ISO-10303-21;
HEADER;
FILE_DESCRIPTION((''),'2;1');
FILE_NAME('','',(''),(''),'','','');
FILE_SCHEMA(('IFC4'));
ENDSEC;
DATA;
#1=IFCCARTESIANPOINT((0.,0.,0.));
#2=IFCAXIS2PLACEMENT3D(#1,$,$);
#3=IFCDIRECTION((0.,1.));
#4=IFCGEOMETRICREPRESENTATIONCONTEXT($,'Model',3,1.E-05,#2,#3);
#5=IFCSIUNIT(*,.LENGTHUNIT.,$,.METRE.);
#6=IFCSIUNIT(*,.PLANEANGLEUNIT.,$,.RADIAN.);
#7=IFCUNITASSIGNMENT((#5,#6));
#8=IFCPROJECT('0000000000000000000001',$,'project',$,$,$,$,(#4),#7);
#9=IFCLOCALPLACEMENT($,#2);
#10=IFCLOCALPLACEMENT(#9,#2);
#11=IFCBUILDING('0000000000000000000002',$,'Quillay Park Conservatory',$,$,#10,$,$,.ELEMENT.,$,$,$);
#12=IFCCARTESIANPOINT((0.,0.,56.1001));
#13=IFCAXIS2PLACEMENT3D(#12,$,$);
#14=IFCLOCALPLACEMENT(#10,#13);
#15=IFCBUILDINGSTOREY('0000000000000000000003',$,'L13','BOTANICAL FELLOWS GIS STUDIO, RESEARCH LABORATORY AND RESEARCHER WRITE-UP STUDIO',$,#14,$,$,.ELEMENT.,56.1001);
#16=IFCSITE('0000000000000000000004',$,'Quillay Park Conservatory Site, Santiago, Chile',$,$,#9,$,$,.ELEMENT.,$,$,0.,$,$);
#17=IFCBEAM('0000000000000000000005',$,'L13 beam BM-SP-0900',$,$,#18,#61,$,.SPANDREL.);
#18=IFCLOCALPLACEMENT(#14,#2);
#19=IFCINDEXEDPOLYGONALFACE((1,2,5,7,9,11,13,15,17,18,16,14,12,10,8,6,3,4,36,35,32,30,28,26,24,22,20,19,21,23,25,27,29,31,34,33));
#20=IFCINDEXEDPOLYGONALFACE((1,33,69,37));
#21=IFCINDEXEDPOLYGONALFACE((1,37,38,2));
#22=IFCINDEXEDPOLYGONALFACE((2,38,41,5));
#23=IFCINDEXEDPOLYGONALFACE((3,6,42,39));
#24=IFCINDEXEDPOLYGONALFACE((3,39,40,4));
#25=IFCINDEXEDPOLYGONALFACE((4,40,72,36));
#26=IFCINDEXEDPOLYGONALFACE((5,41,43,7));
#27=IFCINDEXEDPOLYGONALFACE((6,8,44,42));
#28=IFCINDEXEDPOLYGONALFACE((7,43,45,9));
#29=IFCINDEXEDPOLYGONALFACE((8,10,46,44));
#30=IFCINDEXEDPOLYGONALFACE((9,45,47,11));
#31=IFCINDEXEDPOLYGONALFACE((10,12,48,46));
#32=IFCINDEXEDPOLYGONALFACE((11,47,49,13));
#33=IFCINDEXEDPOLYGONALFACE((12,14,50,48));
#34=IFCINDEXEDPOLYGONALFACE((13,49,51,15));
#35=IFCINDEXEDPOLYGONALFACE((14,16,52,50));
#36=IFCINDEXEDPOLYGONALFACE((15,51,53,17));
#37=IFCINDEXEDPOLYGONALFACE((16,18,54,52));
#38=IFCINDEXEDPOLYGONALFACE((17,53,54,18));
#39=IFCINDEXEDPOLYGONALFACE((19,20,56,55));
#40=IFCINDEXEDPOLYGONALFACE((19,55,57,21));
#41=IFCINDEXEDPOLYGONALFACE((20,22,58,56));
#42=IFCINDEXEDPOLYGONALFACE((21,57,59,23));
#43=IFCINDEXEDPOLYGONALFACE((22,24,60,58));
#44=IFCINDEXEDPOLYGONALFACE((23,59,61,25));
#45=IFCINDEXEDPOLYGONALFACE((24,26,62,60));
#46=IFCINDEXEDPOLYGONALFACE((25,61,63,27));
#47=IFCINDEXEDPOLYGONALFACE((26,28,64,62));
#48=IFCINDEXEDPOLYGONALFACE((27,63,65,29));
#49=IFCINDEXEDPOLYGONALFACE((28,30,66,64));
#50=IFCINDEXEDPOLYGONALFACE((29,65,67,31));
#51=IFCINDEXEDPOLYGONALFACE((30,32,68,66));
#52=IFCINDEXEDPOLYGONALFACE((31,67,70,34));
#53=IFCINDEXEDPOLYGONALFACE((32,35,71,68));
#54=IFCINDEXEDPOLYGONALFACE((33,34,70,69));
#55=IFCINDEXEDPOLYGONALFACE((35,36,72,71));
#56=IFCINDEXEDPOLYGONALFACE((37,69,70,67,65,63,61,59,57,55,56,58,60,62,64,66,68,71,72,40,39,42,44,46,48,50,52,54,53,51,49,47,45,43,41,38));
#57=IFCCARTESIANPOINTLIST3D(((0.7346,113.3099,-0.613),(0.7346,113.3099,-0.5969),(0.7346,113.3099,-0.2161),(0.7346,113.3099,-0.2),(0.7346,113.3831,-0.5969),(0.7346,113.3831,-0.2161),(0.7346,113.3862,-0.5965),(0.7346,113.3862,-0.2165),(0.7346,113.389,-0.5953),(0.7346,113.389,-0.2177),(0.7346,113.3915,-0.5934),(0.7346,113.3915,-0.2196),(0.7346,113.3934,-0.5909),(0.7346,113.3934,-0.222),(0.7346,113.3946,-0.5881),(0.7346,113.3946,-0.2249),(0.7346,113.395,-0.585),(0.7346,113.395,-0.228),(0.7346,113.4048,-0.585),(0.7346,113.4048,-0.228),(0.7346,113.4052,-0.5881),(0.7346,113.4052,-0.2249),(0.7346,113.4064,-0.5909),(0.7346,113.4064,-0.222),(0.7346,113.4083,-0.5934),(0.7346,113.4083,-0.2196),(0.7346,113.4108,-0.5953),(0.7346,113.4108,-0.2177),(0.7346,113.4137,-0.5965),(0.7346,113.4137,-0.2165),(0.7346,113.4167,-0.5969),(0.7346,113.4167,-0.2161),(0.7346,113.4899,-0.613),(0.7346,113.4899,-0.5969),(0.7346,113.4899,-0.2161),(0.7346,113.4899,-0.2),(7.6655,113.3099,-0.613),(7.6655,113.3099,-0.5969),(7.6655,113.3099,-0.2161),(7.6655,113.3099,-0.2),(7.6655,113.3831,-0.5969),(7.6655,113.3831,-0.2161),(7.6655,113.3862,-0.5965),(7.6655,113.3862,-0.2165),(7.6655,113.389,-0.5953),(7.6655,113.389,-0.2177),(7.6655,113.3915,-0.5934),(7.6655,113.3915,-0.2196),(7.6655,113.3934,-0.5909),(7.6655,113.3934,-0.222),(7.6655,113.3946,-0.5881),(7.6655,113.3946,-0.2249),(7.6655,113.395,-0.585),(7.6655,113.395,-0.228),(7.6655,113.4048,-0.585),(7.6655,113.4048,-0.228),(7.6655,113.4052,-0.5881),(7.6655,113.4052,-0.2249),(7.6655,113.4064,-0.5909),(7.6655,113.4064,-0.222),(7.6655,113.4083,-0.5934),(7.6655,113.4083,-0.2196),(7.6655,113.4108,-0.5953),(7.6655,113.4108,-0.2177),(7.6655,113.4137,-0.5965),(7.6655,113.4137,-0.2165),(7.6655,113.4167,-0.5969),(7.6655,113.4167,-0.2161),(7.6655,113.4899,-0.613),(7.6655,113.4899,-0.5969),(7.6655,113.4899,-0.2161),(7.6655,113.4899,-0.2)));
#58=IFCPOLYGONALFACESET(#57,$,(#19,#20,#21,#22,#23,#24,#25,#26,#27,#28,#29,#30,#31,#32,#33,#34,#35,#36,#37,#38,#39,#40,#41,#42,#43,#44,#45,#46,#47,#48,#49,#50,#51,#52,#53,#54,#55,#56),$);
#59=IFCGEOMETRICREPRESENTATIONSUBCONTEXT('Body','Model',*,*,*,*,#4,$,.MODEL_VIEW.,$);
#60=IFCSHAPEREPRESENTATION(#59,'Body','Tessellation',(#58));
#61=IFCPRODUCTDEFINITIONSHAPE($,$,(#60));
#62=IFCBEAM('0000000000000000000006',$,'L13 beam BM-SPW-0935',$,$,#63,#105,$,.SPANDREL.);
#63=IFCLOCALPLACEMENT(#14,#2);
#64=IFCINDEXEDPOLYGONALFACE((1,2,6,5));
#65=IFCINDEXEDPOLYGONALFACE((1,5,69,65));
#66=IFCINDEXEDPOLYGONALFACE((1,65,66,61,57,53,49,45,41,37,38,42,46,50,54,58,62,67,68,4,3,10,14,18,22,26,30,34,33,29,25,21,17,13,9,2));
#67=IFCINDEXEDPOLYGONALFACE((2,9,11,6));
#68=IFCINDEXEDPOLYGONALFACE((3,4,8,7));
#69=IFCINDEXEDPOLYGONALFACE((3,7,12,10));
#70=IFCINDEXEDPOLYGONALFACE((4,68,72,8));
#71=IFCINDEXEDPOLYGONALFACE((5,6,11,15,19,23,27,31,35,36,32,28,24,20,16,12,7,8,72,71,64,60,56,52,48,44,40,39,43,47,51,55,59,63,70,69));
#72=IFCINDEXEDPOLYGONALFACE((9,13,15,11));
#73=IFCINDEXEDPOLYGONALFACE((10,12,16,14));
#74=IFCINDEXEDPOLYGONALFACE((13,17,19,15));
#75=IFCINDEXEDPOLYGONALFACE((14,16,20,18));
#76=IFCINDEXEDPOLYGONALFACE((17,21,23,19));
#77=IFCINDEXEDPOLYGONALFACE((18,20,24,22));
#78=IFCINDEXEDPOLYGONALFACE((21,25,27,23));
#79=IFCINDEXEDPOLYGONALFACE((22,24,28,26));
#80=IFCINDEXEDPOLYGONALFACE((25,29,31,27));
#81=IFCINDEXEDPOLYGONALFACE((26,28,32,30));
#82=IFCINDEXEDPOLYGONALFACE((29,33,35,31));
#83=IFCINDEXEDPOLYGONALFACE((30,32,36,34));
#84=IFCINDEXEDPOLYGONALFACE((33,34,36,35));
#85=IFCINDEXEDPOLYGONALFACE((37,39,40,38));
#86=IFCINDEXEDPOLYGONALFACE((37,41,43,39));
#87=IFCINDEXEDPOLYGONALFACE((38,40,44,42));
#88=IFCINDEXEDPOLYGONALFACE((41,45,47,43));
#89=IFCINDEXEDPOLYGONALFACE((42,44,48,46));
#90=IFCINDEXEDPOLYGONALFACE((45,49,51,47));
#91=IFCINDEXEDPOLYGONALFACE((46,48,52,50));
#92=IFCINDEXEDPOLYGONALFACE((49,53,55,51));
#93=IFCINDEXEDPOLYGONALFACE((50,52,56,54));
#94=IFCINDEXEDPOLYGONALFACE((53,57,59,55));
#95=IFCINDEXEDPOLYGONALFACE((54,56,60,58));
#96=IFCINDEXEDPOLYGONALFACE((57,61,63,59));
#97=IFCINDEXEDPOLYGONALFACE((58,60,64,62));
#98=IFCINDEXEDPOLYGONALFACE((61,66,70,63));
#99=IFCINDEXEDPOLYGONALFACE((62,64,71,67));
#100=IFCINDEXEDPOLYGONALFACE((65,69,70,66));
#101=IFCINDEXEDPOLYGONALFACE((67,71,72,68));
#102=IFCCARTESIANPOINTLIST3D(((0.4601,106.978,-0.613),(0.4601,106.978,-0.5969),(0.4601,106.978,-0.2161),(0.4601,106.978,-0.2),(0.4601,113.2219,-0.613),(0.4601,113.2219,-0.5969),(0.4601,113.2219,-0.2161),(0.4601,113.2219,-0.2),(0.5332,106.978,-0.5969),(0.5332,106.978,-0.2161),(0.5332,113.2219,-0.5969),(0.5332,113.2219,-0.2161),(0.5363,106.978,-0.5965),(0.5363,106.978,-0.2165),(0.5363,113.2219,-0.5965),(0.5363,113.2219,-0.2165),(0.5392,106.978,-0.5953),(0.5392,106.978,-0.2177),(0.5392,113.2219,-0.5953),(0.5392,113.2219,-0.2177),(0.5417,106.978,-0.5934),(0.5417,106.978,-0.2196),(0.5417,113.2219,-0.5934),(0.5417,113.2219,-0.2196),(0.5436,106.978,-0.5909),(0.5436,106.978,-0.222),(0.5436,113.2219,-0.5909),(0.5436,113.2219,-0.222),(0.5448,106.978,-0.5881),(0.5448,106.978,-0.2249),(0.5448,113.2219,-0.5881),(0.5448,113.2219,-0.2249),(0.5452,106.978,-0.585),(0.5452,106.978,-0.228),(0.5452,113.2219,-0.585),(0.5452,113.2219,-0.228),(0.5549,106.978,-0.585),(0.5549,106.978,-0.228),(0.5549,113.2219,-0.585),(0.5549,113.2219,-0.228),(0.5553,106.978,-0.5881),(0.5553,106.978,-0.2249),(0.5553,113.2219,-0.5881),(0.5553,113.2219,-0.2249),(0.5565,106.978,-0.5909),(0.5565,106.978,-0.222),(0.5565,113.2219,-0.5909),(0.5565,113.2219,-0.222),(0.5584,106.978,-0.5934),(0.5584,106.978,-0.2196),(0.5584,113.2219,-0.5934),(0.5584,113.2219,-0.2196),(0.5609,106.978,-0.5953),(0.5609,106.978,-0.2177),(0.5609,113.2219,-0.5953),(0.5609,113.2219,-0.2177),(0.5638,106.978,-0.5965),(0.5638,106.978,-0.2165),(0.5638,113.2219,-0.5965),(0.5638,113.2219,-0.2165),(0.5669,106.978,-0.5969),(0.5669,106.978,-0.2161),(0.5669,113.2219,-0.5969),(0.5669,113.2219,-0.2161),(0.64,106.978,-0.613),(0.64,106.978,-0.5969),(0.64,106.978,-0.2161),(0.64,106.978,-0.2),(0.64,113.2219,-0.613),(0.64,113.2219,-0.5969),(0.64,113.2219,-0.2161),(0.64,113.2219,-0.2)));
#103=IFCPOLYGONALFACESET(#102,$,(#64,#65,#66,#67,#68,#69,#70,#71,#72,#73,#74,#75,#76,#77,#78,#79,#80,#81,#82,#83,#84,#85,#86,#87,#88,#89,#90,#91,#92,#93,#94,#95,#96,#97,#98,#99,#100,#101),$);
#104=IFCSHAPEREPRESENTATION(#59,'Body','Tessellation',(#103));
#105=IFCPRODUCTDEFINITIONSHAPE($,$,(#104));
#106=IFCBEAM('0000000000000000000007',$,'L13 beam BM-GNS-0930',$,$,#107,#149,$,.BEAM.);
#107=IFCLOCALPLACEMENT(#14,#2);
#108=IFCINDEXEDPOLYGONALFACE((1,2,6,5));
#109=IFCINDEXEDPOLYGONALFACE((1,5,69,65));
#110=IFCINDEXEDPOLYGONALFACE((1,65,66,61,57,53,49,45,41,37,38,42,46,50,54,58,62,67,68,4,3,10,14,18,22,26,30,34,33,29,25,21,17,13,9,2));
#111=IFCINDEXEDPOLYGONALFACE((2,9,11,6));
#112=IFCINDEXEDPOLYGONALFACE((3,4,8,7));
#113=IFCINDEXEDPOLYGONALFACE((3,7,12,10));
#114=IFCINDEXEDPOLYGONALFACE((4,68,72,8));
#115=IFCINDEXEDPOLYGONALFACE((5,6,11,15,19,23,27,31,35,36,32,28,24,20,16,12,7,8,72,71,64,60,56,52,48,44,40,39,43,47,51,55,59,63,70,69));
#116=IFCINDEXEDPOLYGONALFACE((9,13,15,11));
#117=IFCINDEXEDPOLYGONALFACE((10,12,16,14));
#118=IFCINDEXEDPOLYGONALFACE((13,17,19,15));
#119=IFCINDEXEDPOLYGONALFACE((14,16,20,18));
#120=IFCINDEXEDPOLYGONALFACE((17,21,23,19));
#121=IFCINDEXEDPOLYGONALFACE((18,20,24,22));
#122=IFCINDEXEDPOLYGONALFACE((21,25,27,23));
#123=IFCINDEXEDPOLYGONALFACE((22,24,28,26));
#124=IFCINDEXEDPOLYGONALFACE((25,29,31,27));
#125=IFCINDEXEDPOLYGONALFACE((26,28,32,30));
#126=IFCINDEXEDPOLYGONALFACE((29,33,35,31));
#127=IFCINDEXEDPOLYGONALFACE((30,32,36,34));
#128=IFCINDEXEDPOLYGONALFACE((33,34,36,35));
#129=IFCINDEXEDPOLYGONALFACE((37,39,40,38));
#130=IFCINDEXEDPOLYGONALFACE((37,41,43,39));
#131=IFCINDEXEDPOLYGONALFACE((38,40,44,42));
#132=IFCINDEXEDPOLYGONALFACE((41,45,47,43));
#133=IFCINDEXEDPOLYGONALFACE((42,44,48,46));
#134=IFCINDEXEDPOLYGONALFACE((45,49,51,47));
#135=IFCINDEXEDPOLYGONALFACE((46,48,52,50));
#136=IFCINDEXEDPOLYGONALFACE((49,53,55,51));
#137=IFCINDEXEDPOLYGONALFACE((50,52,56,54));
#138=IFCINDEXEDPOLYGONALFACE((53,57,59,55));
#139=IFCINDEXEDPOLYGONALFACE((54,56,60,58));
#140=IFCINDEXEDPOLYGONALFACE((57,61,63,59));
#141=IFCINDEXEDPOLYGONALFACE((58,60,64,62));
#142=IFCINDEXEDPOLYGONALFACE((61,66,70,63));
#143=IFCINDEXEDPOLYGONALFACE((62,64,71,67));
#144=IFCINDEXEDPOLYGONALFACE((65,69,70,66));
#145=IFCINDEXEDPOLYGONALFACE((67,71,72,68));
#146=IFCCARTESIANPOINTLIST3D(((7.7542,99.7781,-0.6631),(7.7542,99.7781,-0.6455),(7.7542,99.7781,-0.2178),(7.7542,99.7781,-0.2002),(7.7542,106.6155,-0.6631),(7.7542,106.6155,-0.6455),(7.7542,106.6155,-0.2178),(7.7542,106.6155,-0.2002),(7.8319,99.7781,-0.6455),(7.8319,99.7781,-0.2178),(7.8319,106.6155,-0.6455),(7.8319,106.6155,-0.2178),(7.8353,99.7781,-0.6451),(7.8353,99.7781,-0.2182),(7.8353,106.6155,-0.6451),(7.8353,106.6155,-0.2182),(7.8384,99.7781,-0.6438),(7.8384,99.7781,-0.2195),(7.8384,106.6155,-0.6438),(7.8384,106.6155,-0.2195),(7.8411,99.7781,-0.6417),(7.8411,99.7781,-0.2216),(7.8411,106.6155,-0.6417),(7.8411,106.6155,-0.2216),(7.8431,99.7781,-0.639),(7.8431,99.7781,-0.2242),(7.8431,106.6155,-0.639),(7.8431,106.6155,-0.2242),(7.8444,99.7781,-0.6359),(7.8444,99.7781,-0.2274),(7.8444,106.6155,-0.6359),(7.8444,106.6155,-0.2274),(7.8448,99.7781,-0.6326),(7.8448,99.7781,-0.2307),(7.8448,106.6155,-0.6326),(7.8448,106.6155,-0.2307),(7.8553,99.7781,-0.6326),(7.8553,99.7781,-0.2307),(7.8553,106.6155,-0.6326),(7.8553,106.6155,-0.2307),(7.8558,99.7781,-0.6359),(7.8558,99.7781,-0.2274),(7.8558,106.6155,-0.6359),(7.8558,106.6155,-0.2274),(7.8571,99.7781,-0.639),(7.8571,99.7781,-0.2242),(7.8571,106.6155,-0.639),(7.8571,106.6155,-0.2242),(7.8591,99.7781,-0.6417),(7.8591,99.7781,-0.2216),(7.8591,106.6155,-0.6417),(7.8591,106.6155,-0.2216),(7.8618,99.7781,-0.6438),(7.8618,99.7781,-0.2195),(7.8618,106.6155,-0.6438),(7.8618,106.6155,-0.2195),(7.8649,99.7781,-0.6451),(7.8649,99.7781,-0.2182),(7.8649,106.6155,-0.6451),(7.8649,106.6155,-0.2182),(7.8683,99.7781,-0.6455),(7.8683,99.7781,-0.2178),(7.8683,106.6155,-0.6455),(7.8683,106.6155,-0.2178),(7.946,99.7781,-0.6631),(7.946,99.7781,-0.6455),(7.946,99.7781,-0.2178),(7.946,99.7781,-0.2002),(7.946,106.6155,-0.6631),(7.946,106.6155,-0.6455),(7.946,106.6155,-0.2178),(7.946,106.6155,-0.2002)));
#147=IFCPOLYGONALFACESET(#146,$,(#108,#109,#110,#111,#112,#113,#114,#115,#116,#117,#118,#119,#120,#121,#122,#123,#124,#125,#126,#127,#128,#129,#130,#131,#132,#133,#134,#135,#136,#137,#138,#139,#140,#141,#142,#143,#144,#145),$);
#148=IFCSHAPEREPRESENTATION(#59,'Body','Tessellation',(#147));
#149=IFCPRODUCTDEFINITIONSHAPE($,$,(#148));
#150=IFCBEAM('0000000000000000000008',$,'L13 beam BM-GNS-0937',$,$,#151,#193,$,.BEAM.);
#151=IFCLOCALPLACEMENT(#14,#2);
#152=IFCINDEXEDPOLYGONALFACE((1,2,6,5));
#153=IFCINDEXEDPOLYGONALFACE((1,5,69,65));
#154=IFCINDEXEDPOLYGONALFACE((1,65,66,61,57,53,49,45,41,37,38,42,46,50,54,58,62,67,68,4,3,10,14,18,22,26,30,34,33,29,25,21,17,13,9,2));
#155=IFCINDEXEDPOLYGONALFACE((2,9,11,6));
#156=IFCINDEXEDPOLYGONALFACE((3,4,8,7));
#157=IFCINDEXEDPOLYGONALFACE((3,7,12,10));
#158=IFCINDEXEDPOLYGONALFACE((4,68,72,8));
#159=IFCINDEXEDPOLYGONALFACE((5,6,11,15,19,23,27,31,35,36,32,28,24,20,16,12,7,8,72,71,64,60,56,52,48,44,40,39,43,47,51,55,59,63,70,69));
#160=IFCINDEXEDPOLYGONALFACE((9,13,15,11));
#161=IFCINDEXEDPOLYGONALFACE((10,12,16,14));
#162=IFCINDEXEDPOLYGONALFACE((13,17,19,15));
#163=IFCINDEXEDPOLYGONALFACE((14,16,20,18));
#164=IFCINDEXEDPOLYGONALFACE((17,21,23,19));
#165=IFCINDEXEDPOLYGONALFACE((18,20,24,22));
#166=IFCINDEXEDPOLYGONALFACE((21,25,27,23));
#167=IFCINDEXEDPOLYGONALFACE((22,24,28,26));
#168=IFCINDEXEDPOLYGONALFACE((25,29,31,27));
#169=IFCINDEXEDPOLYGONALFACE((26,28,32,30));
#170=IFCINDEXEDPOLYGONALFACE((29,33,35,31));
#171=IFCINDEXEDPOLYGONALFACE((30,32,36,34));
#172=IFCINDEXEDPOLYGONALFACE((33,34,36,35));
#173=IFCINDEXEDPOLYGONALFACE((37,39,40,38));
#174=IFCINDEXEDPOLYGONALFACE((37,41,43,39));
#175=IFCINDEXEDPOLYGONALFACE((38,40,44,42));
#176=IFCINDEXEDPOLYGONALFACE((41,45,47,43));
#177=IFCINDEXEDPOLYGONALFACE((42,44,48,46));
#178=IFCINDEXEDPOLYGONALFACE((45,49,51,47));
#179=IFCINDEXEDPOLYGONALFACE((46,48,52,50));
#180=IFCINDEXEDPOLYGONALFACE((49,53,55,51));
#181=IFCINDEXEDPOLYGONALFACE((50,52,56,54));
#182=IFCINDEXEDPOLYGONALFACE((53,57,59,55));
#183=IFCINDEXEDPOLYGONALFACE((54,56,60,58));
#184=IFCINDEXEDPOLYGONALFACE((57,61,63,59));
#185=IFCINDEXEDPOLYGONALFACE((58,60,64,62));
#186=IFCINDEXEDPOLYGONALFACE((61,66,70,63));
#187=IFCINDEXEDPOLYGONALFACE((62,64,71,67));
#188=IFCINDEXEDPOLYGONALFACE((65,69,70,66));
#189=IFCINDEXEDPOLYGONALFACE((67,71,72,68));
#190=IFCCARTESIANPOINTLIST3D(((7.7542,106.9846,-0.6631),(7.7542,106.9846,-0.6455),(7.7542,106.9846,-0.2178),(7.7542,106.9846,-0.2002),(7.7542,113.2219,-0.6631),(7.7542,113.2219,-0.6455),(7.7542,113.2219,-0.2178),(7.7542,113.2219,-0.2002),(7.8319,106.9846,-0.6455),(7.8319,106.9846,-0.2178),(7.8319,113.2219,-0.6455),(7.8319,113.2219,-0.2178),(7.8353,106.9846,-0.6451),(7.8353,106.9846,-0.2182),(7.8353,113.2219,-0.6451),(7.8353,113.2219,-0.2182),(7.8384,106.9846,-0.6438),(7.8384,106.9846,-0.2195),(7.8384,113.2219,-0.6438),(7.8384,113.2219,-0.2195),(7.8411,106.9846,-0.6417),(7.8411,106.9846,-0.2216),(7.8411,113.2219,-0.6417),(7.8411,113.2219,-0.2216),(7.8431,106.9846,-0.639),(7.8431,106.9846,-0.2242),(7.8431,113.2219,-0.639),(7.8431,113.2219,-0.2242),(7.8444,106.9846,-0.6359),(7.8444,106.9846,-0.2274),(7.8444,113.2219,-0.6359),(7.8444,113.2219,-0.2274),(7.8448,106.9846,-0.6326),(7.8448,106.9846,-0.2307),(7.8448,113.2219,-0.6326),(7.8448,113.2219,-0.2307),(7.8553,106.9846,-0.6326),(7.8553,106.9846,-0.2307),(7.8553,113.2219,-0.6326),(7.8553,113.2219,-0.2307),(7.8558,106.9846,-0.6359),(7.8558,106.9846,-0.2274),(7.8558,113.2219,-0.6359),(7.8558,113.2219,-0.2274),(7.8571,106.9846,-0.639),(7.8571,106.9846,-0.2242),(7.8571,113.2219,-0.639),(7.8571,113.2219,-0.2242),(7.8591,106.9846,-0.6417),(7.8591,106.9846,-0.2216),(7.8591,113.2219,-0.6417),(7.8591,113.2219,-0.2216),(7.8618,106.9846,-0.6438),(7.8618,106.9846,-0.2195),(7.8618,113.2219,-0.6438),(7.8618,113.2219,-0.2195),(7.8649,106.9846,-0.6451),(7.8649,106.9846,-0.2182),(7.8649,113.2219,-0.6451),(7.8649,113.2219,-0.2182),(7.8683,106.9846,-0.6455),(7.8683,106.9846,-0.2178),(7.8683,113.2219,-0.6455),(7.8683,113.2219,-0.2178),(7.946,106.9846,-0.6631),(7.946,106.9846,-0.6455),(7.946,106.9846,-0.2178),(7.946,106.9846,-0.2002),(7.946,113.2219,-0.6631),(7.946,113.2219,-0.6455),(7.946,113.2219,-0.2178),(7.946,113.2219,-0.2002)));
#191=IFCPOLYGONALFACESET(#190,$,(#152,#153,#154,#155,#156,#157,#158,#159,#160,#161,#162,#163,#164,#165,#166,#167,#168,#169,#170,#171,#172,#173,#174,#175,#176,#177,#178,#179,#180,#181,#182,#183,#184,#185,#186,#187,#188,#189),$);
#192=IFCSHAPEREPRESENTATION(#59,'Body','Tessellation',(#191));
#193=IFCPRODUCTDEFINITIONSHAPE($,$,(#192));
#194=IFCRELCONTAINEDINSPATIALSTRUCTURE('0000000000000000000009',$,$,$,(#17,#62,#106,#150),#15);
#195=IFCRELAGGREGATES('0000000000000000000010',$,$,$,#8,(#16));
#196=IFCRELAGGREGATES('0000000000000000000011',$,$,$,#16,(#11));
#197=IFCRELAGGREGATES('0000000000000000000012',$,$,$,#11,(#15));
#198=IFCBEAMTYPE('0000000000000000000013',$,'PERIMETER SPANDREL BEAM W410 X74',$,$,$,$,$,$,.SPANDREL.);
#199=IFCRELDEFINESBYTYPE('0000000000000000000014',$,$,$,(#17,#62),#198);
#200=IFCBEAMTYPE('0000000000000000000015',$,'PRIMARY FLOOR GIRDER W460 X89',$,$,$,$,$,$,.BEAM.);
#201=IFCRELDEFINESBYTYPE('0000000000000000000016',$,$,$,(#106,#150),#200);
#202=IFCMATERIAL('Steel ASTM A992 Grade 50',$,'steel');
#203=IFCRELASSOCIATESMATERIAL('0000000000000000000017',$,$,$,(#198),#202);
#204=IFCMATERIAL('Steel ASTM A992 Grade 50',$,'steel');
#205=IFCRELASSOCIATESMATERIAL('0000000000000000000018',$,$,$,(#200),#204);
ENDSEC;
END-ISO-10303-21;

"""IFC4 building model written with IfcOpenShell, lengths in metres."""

from ifc_helpers import new_model, si_unit, direction, frame, origin, origin_2d, place, context, subcontext, project, spatial, i_section, extrude, material, material_profile, profile_set, type_object, element, save


model = new_model("IFC4")

# Units and contexts
model_context = context("Model", 3, precision=1e-05, world=origin(), true_north=direction((0.0, 1.0)))
body_context = subcontext(model_context, "Body", "Model", "MODEL_VIEW")
ifc_project = project(units=[si_unit("LENGTHUNIT", "METRE"), si_unit("PLANEANGLEUNIT", "RADIAN")], contexts=[model_context])

# Site, building, storey
site_placement = place(None, origin())
site = spatial("IfcSite", under=ifc_project, at=site_placement, Name="Quillay Park Conservatory Site, Santiago, Chile", CompositionType="ELEMENT", RefElevation=0.0)
building_placement = place(site_placement, origin())
building = spatial("IfcBuilding", under=site, at=building_placement, Name="Quillay Park Conservatory", CompositionType="ELEMENT")
storey_placement = place(building_placement, frame((0.0, 0.0, 56.1001)))
storey = spatial("IfcBuildingStorey", under=building, at=storey_placement, Name="L13", Description="BOTANICAL FELLOWS GIS STUDIO, RESEARCH LABORATORY AND RESEARCHER WRITE-UP STUDIO", CompositionType="ELEMENT", Elevation=56.1001)

# Beams
ifc_material_1 = material(Name="Steel ASTM A992 Grade 50", Category="steel")
ifc_material_profile_1 = material_profile(ifc_material_1, i_section(OverallWidth=0.1799, OverallDepth=0.4131, WebThickness=0.0098, FlangeThickness=0.0161, FilletRadius=0.012, at=origin_2d()), Name="W410x74")
ifc_profile_set_1 = profile_set([ifc_material_profile_1], Name="Steel ASTM A992 Grade 50")
beam_type_1 = type_object("IfcBeamType", Name="PERIMETER SPANDREL BEAM W410 X74", PredefinedType="SPANDREL", material=ifc_profile_set_1)
beam_1_placement = place(storey_placement, frame((0.7346, 113.3999, -0.4065), z_axis=(1.0, 0.0, 0.0), x_axis=(0.0, 1.0, 0.0)))
element("IfcBeam", 1, at=beam_1_placement, inside=storey, type_object=beam_type_1, Name="L13 beam BM-SP-0900", PredefinedType="SPANDREL", context=body_context, shape_type="SweptSolid", body=[
    extrude(i_section(OverallWidth=0.1799, OverallDepth=0.4131, WebThickness=0.0098, FlangeThickness=0.0161, FilletRadius=0.012, at=origin_2d()), origin(), (0.0, 0.0, 1.0), 6.9309),
])
beam_2_placement = place(storey_placement, frame((0.55, 106.978, -0.4065), z_axis=(0.0, 1.0, 0.0), x_axis=(-1.0, 0.0, 0.0)))
element("IfcBeam", 2, at=beam_2_placement, inside=storey, type_object=beam_type_1, Name="L13 beam BM-SPW-0935", PredefinedType="SPANDREL", context=body_context, shape_type="SweptSolid", body=[
    extrude(i_section(OverallWidth=0.1799, OverallDepth=0.4131, WebThickness=0.0098, FlangeThickness=0.0161, FilletRadius=0.012, at=origin_2d()), origin(), (0.0, 0.0, 1.0), 6.2439),
])
ifc_material_2 = material(Name="Steel ASTM A992 Grade 50", Category="steel")
ifc_material_profile_2 = material_profile(ifc_material_2, i_section(OverallWidth=0.1919, OverallDepth=0.4629, WebThickness=0.0105, FlangeThickness=0.0176, FilletRadius=0.0129, at=origin_2d()), Name="W460x89")
ifc_profile_set_2 = profile_set([ifc_material_profile_2], Name="Steel ASTM A992 Grade 50")
beam_type_2 = type_object("IfcBeamType", Name="PRIMARY FLOOR GIRDER W460 X89", PredefinedType="BEAM", material=ifc_profile_set_2)
beam_3_placement = place(storey_placement, frame((7.8501, 99.7781, -0.4316), z_axis=(0.0, 1.0, 0.0), x_axis=(-1.0, 0.0, 0.0)))
element("IfcBeam", 3, at=beam_3_placement, inside=storey, type_object=beam_type_2, Name="L13 beam BM-GNS-0930", PredefinedType="BEAM", context=body_context, shape_type="SweptSolid", body=[
    extrude(i_section(OverallWidth=0.1919, OverallDepth=0.4629, WebThickness=0.0105, FlangeThickness=0.0176, FilletRadius=0.0129, at=origin_2d()), origin(), (0.0, 0.0, 1.0), 6.8374),
])
beam_4_placement = place(storey_placement, frame((7.8501, 106.9846, -0.4316), z_axis=(0.0, 1.0, 0.0), x_axis=(-1.0, 0.0, 0.0)))
element("IfcBeam", 4, at=beam_4_placement, inside=storey, type_object=beam_type_2, Name="L13 beam BM-GNS-0937", PredefinedType="BEAM", context=body_context, shape_type="SweptSolid", body=[
    extrude(i_section(OverallWidth=0.1919, OverallDepth=0.4629, WebThickness=0.0105, FlangeThickness=0.0176, FilletRadius=0.0129, at=origin_2d()), origin(), (0.0, 0.0, 1.0), 6.2373),
])

save(model, "model.ifc")
